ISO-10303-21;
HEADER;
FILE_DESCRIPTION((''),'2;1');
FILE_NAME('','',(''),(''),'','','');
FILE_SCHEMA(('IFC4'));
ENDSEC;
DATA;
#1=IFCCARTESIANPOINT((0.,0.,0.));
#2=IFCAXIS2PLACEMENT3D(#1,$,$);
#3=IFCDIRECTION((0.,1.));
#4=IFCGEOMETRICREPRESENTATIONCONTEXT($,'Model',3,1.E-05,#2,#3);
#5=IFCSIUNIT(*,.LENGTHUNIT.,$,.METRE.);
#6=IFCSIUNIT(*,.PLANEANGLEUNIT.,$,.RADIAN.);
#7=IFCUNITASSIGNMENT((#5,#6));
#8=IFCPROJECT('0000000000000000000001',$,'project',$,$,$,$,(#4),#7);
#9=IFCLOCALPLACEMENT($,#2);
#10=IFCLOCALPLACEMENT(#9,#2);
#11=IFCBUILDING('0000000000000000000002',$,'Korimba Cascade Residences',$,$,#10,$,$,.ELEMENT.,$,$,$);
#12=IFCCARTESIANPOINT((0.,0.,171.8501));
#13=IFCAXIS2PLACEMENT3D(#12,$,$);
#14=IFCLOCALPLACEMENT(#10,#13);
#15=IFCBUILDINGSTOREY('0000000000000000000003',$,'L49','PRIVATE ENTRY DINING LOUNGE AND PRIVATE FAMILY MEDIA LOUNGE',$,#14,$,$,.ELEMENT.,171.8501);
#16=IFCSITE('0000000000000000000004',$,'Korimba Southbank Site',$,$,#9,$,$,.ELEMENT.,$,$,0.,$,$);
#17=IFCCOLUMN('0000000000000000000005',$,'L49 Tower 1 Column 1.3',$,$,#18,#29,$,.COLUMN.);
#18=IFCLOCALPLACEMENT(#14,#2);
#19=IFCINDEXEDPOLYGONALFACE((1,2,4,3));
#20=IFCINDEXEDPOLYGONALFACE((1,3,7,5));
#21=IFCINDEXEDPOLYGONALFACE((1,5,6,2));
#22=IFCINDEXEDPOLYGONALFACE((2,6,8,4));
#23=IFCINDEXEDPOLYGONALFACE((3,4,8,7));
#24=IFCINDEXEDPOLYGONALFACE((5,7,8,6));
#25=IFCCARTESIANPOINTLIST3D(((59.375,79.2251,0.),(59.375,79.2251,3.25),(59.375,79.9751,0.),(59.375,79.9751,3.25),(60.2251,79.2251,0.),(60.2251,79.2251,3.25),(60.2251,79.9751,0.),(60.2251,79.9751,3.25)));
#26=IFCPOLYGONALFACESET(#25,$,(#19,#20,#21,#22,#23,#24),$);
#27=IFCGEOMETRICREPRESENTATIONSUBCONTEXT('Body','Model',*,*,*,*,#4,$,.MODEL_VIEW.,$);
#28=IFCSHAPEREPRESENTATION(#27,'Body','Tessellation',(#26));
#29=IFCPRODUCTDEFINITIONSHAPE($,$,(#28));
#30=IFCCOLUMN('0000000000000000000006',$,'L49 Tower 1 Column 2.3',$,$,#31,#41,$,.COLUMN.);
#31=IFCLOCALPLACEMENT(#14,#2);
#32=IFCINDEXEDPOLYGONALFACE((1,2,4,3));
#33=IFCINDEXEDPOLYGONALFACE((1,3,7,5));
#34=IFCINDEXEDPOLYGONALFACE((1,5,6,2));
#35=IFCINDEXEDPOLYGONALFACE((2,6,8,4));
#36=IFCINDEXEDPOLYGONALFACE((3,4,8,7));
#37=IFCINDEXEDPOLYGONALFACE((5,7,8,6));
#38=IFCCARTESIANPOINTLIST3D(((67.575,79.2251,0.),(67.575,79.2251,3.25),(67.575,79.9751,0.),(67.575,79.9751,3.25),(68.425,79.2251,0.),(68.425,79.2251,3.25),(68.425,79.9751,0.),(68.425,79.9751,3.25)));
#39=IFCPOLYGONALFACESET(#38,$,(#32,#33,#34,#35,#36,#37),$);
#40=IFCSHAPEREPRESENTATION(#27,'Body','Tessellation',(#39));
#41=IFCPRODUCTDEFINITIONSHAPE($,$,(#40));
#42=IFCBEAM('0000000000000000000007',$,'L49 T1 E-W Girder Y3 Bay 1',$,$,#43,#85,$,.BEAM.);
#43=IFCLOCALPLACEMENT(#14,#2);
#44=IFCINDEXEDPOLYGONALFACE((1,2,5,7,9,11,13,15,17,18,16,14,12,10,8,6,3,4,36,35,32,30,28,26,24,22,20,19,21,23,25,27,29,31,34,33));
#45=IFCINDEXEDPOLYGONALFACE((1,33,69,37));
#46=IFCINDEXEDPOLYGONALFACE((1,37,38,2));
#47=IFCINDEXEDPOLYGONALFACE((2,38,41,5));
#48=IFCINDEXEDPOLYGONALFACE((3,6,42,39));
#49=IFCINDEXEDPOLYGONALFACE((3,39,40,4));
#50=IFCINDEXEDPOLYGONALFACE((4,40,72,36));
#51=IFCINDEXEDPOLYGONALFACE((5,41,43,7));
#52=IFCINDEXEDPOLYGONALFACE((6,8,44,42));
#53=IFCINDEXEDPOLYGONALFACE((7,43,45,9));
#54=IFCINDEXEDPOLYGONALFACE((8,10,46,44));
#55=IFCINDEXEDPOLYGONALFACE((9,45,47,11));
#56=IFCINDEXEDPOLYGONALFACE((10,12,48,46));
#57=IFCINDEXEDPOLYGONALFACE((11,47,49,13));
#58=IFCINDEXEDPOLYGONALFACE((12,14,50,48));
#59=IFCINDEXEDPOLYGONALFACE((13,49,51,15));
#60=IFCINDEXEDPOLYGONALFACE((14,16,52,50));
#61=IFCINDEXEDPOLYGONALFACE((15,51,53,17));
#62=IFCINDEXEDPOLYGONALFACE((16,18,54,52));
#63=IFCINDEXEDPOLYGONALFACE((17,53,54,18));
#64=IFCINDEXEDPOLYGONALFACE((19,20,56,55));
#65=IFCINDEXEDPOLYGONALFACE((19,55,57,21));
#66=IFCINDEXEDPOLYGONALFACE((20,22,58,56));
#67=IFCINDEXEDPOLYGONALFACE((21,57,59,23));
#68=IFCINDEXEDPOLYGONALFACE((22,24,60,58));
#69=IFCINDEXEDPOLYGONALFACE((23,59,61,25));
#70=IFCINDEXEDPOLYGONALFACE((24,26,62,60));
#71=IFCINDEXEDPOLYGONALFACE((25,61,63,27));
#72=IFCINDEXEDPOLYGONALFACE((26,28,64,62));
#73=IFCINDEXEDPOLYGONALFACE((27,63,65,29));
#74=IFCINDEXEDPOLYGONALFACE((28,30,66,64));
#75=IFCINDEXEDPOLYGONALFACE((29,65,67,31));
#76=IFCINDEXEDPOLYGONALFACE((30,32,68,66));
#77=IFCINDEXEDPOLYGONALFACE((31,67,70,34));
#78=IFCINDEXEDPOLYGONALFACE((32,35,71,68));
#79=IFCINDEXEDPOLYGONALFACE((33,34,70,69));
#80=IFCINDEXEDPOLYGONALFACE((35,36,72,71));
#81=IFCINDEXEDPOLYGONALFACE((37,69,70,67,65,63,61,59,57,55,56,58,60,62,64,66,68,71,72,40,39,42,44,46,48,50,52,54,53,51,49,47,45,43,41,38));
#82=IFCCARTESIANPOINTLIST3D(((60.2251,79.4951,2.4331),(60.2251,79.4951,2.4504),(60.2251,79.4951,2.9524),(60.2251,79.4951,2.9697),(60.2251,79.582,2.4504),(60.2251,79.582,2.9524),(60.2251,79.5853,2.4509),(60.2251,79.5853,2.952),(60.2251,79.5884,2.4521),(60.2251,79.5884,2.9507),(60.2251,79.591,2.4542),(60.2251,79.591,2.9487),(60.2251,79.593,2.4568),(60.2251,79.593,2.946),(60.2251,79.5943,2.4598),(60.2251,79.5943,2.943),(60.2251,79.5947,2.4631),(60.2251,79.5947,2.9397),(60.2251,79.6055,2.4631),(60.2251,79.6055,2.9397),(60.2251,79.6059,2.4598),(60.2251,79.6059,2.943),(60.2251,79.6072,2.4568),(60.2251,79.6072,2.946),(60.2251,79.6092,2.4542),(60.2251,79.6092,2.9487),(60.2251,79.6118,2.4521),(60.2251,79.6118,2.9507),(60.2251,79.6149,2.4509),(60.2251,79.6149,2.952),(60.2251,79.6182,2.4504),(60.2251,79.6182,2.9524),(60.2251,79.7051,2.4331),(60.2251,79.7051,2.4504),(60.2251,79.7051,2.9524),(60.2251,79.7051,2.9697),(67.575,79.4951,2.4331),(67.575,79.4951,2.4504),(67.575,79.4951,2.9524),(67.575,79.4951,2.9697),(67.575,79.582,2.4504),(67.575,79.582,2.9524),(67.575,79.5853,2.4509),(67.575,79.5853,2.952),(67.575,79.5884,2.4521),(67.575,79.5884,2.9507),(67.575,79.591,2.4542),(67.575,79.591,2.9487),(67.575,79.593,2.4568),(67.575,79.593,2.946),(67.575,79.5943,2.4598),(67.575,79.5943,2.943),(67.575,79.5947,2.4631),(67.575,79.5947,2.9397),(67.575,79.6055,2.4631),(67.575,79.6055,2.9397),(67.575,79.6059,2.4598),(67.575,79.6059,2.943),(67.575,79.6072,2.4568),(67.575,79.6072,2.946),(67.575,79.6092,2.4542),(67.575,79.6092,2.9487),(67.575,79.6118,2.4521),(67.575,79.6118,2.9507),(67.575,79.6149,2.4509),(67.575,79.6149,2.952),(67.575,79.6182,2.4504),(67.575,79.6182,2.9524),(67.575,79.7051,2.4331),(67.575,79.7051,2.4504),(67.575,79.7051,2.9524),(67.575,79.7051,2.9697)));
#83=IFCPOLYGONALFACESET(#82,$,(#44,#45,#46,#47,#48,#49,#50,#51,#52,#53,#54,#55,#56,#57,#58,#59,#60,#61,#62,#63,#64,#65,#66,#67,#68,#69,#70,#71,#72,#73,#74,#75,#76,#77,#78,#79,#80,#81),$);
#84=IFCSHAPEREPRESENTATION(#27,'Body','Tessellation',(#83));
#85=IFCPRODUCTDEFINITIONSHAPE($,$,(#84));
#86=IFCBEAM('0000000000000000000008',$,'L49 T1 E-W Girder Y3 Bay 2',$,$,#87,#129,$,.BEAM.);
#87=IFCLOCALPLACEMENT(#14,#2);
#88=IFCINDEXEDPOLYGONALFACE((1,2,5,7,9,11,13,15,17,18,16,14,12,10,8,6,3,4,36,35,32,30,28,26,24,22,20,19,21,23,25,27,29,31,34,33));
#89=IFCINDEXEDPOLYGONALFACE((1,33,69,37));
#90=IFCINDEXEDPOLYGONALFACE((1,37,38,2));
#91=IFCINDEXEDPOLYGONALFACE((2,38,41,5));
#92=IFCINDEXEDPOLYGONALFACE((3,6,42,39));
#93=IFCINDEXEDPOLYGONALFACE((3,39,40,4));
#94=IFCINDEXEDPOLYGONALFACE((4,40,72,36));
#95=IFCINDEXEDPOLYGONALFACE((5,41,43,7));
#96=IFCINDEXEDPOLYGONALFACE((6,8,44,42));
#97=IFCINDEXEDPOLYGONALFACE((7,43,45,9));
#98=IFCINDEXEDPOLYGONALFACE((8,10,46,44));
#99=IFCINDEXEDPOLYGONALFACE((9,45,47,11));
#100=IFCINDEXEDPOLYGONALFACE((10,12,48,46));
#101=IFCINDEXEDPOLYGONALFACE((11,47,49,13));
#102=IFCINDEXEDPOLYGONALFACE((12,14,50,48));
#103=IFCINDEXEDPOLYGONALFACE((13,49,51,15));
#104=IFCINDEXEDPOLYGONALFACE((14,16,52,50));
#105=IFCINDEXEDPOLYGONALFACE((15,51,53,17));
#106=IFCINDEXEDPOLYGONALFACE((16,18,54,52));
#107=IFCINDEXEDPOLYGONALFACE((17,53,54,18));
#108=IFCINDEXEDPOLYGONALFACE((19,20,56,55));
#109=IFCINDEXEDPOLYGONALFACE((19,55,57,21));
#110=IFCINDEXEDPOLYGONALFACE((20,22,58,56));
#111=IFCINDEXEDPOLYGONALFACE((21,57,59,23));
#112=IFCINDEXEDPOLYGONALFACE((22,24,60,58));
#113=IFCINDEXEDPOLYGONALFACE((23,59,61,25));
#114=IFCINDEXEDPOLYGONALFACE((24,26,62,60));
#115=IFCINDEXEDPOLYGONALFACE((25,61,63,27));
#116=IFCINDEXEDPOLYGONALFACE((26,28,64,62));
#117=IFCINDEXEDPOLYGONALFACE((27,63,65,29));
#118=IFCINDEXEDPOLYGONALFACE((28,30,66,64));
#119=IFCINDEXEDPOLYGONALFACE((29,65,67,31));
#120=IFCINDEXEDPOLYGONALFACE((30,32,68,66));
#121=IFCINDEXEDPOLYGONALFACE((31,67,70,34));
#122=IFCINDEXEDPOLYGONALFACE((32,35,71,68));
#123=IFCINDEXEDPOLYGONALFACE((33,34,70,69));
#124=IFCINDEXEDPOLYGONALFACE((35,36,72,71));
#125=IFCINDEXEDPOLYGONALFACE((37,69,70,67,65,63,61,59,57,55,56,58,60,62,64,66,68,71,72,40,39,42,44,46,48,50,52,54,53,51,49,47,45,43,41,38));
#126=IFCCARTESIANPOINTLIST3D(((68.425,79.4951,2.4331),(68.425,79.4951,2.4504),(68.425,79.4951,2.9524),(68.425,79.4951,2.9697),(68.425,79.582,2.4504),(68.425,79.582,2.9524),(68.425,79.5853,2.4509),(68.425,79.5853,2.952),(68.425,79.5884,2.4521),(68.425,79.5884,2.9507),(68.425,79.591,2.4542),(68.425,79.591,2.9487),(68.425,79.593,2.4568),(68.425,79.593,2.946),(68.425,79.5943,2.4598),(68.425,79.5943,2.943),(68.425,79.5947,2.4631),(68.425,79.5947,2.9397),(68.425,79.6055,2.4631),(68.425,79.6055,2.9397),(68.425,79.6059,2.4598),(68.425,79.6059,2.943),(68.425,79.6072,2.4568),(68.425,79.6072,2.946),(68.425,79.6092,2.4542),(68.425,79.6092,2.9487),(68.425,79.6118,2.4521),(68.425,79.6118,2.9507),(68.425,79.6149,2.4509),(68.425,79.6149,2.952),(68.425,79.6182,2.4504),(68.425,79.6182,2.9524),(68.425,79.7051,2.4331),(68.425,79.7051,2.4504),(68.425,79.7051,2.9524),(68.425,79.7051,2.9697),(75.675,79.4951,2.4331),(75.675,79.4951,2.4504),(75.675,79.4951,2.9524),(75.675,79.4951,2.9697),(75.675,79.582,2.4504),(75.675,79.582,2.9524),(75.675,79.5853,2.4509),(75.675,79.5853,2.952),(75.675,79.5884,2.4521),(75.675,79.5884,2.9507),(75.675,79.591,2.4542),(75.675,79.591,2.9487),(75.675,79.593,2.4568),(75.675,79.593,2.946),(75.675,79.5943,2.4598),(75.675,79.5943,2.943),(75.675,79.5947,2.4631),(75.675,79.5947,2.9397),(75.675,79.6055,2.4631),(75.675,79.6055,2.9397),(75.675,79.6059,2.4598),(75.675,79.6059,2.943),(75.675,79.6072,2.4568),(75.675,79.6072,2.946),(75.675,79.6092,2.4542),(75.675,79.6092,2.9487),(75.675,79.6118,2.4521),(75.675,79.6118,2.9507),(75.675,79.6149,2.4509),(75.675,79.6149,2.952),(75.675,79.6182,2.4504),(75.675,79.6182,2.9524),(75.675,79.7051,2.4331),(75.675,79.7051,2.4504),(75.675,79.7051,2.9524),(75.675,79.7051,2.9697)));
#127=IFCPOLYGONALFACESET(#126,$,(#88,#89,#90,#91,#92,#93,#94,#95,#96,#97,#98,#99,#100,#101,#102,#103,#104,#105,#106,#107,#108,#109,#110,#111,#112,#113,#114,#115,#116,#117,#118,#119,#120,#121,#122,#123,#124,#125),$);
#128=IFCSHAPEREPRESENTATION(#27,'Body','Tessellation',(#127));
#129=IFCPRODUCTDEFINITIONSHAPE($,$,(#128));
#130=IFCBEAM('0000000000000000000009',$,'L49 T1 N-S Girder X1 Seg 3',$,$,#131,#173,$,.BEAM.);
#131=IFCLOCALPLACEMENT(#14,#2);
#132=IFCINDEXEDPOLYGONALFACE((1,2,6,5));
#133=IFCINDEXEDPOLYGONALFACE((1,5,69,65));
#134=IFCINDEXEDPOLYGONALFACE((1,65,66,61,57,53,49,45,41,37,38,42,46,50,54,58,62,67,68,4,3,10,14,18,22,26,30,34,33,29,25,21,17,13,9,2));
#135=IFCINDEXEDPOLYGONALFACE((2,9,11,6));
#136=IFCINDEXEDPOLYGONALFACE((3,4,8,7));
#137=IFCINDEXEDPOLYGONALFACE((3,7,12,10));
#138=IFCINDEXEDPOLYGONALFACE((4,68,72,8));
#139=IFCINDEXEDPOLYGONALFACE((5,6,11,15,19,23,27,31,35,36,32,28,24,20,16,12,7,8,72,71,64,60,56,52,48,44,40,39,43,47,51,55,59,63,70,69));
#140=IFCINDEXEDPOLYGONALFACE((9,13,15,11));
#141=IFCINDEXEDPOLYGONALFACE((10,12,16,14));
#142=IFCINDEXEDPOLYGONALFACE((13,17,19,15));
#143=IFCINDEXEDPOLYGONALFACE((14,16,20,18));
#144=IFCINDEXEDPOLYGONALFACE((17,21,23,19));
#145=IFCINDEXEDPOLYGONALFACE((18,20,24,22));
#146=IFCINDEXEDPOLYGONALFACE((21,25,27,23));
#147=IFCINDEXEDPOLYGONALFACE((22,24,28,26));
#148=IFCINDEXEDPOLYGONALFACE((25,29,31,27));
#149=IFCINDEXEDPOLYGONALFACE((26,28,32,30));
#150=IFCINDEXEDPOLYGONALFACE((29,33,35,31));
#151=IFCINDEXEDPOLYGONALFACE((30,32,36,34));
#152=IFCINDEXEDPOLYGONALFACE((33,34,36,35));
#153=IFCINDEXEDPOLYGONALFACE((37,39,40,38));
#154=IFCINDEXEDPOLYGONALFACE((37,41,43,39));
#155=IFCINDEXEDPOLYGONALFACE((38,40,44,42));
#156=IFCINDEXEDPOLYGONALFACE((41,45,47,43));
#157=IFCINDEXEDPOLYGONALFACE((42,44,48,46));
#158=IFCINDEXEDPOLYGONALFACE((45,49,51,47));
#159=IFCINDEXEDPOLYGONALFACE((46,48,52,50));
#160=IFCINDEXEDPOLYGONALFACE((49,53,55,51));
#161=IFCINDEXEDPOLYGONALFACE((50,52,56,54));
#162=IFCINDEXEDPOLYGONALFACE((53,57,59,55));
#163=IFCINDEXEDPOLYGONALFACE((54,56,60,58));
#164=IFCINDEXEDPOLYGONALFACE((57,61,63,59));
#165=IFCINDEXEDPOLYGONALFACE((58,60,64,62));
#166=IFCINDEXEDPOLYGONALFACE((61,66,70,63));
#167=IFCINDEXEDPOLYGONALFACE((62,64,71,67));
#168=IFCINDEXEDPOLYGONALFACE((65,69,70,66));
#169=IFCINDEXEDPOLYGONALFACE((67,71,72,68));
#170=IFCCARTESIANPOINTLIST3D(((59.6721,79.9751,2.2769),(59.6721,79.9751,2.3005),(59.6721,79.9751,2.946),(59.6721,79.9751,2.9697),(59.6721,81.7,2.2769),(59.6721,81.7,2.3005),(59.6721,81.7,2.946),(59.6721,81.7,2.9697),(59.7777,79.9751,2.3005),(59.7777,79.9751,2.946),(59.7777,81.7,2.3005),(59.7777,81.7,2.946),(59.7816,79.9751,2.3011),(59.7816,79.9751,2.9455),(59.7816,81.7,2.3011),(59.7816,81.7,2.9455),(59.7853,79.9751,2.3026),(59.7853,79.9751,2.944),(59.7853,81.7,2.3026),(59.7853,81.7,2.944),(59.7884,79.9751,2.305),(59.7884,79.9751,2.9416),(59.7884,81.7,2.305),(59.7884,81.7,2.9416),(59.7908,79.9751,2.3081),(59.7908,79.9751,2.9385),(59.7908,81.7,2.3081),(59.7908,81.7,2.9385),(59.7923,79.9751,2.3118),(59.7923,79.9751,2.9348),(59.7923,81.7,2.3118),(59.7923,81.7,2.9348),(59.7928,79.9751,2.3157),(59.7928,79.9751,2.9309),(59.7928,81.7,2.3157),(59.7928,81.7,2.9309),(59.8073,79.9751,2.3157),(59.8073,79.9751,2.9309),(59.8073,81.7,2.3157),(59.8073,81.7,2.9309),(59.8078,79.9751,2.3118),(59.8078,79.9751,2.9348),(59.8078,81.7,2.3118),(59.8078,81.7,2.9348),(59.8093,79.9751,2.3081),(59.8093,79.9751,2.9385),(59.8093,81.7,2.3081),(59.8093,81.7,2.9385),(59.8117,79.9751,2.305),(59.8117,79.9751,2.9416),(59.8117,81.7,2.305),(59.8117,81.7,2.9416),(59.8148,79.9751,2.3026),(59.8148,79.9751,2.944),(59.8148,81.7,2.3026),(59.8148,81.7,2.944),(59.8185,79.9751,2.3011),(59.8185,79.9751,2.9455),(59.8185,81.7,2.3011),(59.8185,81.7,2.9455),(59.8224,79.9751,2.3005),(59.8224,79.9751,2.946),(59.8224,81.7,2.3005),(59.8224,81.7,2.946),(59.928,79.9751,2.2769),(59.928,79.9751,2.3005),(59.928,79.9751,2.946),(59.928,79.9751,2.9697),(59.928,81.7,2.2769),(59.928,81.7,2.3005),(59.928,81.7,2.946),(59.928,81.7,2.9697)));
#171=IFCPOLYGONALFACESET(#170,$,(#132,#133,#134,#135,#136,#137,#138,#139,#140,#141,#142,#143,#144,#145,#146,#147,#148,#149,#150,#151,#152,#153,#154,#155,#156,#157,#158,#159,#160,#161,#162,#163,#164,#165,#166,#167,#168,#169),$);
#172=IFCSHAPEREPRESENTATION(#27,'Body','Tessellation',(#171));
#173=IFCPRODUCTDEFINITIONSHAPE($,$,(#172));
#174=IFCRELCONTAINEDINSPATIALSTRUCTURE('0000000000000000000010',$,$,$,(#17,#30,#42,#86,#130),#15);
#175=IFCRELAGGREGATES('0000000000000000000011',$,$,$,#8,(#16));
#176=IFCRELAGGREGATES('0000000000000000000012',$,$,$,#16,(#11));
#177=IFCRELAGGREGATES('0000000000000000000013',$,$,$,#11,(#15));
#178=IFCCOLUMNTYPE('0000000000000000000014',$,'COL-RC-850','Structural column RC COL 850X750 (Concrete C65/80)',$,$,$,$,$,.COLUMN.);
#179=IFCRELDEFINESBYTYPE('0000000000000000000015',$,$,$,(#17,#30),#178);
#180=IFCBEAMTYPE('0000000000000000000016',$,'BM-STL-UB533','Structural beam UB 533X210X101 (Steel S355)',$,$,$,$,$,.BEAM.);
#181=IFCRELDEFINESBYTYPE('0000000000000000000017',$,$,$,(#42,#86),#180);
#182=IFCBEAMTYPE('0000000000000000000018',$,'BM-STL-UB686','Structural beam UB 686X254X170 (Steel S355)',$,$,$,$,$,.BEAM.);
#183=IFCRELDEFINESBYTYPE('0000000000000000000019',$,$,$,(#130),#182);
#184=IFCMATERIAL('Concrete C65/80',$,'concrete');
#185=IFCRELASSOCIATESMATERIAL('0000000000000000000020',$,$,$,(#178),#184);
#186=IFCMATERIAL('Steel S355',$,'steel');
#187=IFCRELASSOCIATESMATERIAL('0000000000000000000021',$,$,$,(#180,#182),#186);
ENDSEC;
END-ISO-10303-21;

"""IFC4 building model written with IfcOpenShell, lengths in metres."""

from ifc_helpers import new_model, si_unit, direction, frame, origin, origin_2d, place, context, subcontext, project, spatial, rectangle, i_section, extrude, material, material_profile, profile_set, type_object, element, save


model = new_model("IFC4")

# Units and contexts
model_context = context("Model", 3, precision=1e-05, world=origin(), true_north=direction((0.0, 1.0)))
body_context = subcontext(model_context, "Body", "Model", "MODEL_VIEW")
ifc_project = project(units=[si_unit("LENGTHUNIT", "METRE"), si_unit("PLANEANGLEUNIT", "RADIAN")], contexts=[model_context])

# Site, building, storey
site_placement = place(None, origin())
site = spatial("IfcSite", under=ifc_project, at=site_placement, Name="Korimba Southbank Site", CompositionType="ELEMENT", RefElevation=0.0)
building_placement = place(site_placement, origin())
building = spatial("IfcBuilding", under=site, at=building_placement, Name="Korimba Cascade Residences", CompositionType="ELEMENT")
storey_placement = place(building_placement, frame((0.0, 0.0, 171.8501)))
storey = spatial("IfcBuildingStorey", under=building, at=storey_placement, Name="L49", Description="PRIVATE ENTRY DINING LOUNGE AND PRIVATE FAMILY MEDIA LOUNGE", CompositionType="ELEMENT", Elevation=171.8501)

# Columns
ifc_material_1 = material(Name="Concrete C65/80", Category="concrete")
ifc_material_profile_1 = material_profile(ifc_material_1, rectangle(XDim=0.8501, YDim=0.75, at=origin_2d()), Name="Concrete C65/80")
ifc_profile_set_1 = profile_set([ifc_material_profile_1], Name="Concrete C65/80")
column_type = type_object("IfcColumnType", Name="COL-RC-850", Description="Structural column RC COL 850X750 (Concrete C65/80)", PredefinedType="COLUMN", material=ifc_profile_set_1)
for number, where, z_axis, x_axis, name in (
    (1, (59.8, 79.6001, 0.0), (0.0, 0.0, 1.0), (1.0, 0.0, 0.0), "L49 Tower 1 Column 1.3"),
    (2, (68.0, 79.6001, 0.0), (0.0, 0.0, 1.0), (1.0, 0.0, 0.0), "L49 Tower 1 Column 2.3"),
):
    element("IfcColumn", number, at=place(storey_placement, frame(where, z_axis=z_axis, x_axis=x_axis)), inside=storey, type_object=column_type, Name=name, PredefinedType="COLUMN", context=body_context, shape_type="SweptSolid", body=[
        extrude(rectangle(XDim=0.8501, YDim=0.75, at=origin_2d()), origin(), (0.0, 0.0, 1.0), 3.25),
    ])

# Beams
ifc_material_2 = material(Name="Steel S355", Category="steel")
ifc_material_profile_2 = material_profile(ifc_material_2, i_section(OverallWidth=0.21, OverallDepth=0.5366, WebThickness=0.0107, FlangeThickness=0.0173, FilletRadius=0.0127, at=origin_2d()), Name="Steel S355")
ifc_profile_set_2 = profile_set([ifc_material_profile_2], Name="Steel S355")
beam_type_1 = type_object("IfcBeamType", Name="BM-STL-UB533", Description="Structural beam UB 533X210X101 (Steel S355)", PredefinedType="BEAM", material=ifc_profile_set_2)
beam_1_placement = place(storey_placement, frame((60.2251, 79.6001, 2.7014), z_axis=(1.0, 0.0, 0.0), x_axis=(0.0, 1.0, 0.0)))
element("IfcBeam", 3, at=beam_1_placement, inside=storey, type_object=beam_type_1, Name="L49 T1 E-W Girder Y3 Bay 1", PredefinedType="BEAM", context=body_context, shape_type="SweptSolid", body=[
    extrude(i_section(OverallWidth=0.21, OverallDepth=0.5366, WebThickness=0.0107, FlangeThickness=0.0173, FilletRadius=0.0127, at=origin_2d()), origin(), (0.0, 0.0, 1.0), 7.3499),
])
beam_2_placement = place(storey_placement, frame((68.425, 79.6001, 2.7014), z_axis=(1.0, 0.0, 0.0), x_axis=(0.0, 1.0, 0.0)))
element("IfcBeam", 4, at=beam_2_placement, inside=storey, type_object=beam_type_1, Name="L49 T1 E-W Girder Y3 Bay 2", PredefinedType="BEAM", context=body_context, shape_type="SweptSolid", body=[
    extrude(i_section(OverallWidth=0.21, OverallDepth=0.5366, WebThickness=0.0107, FlangeThickness=0.0173, FilletRadius=0.0127, at=origin_2d()), origin(), (0.0, 0.0, 1.0), 7.25),
])
ifc_material_profile_3 = material_profile(ifc_material_2, i_section(OverallWidth=0.2559, OverallDepth=0.6929, WebThickness=0.0144, FlangeThickness=0.0237, FilletRadius=0.0151, at=origin_2d()), Name="Steel S355")
ifc_profile_set_3 = profile_set([ifc_material_profile_3], Name="Steel S355")
beam_type_2 = type_object("IfcBeamType", Name="BM-STL-UB686", Description="Structural beam UB 686X254X170 (Steel S355)", PredefinedType="BEAM", material=ifc_profile_set_3)
beam_3_placement = place(storey_placement, frame((59.8, 79.9751, 2.6233), z_axis=(0.0, 1.0, 0.0), x_axis=(-1.0, 0.0, 0.0)))
element("IfcBeam", 5, at=beam_3_placement, inside=storey, type_object=beam_type_2, Name="L49 T1 N-S Girder X1 Seg 3", PredefinedType="BEAM", context=body_context, shape_type="SweptSolid", body=[
    extrude(i_section(OverallWidth=0.2559, OverallDepth=0.6929, WebThickness=0.0144, FlangeThickness=0.0237, FilletRadius=0.0151, at=origin_2d()), origin(), (0.0, 0.0, 1.0), 1.7249),
])

save(model, "model.ifc")
